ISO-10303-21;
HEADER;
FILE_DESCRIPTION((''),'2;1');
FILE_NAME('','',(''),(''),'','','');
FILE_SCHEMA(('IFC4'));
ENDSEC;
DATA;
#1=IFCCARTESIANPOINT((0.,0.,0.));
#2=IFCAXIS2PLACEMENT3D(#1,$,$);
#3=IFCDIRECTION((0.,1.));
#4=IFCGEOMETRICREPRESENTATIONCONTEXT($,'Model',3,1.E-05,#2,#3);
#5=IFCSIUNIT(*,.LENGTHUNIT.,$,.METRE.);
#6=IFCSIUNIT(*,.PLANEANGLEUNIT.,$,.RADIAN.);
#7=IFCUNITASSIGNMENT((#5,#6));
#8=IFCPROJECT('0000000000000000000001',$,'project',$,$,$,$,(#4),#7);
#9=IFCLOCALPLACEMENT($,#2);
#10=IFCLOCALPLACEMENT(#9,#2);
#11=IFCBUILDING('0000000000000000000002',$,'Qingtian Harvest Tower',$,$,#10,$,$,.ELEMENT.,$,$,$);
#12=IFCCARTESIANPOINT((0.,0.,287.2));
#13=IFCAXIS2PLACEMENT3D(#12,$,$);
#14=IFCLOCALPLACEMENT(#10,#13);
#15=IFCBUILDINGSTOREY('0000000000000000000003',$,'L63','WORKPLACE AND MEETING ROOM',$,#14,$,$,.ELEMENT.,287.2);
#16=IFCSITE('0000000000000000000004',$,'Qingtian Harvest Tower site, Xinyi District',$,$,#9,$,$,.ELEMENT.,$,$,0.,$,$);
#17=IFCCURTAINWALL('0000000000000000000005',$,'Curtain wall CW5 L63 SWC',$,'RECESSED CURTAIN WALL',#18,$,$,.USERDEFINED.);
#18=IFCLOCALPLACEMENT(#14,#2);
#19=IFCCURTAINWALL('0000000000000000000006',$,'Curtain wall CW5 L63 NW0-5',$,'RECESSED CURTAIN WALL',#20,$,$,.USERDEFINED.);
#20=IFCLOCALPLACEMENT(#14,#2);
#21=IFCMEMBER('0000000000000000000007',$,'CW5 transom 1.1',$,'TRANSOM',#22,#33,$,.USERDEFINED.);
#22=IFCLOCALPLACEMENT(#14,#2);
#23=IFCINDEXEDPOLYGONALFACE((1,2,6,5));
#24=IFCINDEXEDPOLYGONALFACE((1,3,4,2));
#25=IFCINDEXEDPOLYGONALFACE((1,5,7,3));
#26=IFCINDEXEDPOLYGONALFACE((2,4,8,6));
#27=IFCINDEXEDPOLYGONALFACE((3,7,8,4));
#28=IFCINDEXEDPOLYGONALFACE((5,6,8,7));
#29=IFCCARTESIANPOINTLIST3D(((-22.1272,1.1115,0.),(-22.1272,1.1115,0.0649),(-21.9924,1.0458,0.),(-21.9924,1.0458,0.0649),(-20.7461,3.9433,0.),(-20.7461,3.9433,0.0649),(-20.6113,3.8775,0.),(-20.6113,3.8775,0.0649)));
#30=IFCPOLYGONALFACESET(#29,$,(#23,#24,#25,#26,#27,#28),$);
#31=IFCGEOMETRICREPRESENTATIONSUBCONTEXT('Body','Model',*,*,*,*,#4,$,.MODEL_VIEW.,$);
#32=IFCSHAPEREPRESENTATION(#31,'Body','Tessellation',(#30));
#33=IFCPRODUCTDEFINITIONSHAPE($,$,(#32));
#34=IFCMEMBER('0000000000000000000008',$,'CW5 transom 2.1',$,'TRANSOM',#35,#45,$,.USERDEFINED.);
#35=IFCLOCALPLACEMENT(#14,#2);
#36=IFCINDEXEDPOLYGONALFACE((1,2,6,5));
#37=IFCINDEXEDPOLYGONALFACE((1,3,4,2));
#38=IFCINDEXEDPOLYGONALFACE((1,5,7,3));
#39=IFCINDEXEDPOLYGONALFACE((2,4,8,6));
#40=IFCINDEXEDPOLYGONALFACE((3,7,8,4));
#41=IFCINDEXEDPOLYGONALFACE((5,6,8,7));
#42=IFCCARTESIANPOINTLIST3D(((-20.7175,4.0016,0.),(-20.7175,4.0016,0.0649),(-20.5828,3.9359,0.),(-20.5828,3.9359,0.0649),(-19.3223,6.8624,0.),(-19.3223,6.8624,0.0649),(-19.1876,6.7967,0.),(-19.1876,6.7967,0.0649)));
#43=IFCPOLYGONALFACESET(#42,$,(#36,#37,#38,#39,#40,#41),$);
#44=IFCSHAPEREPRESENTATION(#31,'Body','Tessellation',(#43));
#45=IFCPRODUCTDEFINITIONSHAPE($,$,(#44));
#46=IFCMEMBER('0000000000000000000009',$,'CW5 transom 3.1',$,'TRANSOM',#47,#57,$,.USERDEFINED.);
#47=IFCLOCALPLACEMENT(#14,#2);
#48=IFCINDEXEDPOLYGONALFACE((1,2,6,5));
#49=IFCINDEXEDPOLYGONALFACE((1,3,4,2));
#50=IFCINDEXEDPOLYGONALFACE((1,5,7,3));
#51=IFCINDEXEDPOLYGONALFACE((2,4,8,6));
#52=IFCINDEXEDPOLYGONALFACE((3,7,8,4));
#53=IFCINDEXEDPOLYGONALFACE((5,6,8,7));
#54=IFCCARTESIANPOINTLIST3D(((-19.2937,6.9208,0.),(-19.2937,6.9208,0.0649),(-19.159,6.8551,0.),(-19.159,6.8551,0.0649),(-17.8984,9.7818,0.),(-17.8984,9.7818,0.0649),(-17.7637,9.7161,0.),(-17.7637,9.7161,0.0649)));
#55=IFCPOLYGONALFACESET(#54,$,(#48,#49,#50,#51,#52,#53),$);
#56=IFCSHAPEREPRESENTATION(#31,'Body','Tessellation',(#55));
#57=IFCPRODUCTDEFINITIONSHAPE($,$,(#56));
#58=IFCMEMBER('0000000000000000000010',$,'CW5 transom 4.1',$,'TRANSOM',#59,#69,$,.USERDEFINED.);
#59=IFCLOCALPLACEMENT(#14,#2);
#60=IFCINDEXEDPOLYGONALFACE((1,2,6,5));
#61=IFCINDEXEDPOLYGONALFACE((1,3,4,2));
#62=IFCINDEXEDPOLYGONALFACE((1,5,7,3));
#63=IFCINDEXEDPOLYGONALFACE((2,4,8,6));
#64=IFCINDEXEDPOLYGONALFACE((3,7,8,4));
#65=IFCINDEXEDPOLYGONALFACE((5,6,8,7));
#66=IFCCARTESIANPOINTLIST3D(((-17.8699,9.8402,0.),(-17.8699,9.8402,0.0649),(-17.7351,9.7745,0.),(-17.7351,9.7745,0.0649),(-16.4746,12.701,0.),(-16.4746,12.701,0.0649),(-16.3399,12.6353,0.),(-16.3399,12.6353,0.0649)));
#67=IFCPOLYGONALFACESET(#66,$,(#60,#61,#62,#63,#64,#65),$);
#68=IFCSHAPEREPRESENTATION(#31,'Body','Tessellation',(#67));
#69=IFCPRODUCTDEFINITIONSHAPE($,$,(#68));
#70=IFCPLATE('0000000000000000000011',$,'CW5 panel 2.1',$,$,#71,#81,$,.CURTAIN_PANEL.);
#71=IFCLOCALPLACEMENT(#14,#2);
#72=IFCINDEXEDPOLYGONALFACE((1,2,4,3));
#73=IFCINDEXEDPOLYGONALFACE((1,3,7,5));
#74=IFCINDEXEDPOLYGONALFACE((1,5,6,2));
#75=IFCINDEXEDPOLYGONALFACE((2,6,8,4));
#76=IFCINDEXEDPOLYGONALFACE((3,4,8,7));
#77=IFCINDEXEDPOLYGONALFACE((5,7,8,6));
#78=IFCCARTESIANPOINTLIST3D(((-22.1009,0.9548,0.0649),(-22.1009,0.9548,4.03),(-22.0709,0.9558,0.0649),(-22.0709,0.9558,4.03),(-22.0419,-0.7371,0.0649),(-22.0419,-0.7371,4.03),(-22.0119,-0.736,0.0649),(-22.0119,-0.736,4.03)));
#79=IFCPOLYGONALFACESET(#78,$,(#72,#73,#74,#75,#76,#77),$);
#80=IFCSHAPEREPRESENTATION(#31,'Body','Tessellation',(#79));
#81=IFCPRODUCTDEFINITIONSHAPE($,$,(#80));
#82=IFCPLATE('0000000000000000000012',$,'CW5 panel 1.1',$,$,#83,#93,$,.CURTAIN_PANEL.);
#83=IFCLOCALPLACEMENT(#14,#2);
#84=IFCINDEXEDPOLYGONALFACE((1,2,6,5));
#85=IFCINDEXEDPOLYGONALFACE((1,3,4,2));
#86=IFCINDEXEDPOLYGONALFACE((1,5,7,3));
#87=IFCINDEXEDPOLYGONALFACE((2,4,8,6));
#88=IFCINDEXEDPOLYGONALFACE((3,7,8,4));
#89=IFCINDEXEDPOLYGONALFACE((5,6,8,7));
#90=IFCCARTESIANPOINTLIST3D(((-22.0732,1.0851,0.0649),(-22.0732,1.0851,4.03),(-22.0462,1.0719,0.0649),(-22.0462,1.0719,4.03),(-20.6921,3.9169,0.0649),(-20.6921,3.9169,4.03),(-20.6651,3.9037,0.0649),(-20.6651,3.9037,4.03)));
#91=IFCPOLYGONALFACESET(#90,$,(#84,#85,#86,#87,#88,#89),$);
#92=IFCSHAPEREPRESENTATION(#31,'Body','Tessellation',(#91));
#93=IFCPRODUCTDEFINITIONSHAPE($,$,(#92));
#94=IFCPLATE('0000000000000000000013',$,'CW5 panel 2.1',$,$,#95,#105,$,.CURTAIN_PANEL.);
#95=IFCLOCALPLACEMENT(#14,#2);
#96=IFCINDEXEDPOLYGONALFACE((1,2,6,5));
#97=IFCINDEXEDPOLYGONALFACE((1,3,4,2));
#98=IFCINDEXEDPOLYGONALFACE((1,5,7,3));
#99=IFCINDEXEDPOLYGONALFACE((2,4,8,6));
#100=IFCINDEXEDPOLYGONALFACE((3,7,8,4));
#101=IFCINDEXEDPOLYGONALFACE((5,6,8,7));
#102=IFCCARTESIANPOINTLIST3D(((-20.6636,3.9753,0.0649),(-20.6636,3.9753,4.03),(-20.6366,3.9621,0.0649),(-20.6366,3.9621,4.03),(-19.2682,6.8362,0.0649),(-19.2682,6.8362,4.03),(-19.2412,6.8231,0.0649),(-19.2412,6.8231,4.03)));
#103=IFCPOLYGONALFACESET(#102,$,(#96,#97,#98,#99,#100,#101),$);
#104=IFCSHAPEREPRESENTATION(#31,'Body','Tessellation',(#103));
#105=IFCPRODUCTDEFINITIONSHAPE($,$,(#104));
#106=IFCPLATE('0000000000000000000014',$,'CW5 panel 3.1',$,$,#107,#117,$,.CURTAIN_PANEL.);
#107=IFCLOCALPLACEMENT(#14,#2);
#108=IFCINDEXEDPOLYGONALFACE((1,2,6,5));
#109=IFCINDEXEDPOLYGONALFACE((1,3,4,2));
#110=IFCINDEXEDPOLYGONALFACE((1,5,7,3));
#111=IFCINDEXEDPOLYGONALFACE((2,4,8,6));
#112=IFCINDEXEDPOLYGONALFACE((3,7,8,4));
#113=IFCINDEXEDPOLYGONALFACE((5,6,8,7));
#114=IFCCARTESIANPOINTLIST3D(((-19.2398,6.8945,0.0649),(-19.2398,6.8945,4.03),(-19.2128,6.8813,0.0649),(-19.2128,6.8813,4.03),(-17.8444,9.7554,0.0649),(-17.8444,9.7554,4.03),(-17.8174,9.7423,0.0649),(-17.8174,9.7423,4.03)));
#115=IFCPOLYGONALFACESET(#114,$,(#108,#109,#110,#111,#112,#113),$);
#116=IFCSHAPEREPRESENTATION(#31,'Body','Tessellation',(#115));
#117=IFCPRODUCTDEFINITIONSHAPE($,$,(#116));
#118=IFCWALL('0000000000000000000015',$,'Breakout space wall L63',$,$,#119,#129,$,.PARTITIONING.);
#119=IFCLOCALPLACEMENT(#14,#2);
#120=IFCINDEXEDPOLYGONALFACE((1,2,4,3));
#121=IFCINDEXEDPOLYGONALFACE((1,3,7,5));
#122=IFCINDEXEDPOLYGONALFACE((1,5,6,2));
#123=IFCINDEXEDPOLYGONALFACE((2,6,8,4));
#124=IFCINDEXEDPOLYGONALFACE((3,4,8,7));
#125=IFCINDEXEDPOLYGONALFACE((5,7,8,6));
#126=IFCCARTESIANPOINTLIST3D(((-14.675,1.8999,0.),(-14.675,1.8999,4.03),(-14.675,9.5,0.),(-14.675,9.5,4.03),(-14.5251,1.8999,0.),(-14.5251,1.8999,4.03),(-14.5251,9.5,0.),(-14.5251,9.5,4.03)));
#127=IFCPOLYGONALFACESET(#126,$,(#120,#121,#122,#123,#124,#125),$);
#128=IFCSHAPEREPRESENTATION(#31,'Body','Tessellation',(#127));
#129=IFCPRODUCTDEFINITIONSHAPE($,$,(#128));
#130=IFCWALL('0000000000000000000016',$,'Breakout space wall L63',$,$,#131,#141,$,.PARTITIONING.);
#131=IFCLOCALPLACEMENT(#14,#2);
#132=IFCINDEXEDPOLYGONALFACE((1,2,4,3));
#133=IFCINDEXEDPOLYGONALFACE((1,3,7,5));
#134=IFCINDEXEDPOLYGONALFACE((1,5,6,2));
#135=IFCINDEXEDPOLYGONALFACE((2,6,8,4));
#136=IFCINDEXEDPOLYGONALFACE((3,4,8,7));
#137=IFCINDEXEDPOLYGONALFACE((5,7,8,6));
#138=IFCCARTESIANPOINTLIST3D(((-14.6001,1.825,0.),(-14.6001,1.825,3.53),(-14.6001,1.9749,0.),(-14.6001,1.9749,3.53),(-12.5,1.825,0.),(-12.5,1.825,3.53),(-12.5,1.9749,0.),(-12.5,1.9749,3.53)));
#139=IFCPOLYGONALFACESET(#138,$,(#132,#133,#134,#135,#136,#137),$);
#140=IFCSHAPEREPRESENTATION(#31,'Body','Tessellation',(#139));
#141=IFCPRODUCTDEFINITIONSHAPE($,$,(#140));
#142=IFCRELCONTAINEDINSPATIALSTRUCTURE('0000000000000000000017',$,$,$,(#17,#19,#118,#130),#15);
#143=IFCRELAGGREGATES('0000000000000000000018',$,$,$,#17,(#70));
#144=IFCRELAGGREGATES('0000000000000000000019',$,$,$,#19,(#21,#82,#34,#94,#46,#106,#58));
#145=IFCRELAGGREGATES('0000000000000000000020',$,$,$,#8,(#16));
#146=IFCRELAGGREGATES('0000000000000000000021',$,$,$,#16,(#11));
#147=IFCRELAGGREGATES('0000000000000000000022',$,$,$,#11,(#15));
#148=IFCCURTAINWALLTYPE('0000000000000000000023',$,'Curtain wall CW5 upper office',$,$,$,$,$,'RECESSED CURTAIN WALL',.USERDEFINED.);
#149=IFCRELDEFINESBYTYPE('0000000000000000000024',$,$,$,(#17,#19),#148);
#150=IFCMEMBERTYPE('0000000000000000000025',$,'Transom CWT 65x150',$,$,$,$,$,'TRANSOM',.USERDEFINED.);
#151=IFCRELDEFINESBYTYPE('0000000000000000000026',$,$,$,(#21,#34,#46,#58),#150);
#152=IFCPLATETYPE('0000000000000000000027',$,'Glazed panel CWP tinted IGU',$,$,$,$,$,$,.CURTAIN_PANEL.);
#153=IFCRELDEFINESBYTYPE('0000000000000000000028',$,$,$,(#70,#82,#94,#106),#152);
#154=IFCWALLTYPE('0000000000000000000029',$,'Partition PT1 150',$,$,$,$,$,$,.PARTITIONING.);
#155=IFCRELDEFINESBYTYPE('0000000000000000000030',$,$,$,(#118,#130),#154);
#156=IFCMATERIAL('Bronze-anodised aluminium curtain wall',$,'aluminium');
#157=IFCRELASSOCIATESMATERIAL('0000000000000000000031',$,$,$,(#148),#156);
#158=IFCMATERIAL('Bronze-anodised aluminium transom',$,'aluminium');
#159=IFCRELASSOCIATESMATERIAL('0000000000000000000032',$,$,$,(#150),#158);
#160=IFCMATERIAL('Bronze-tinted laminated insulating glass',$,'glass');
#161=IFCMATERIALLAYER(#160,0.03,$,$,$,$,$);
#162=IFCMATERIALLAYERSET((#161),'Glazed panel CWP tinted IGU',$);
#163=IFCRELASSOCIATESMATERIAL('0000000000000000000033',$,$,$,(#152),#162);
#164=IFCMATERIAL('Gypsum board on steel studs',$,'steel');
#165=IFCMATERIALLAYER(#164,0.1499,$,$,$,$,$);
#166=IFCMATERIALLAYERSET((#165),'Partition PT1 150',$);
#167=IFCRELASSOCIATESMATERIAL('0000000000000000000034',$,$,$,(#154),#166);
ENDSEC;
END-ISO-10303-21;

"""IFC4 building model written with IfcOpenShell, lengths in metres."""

from ifc_helpers import new_model, si_unit, direction, frame, frame_2d, origin, origin_2d, place, context, subcontext, project, spatial, rectangle, extrude, material, layer, layer_set, material_profile, profile_set, type_object, element, aggregate, save


model = new_model("IFC4")

# Units and contexts
model_context = context("Model", 3, precision=1e-05, world=origin(), true_north=direction((0.0, 1.0)))
body_context = subcontext(model_context, "Body", "Model", "MODEL_VIEW")
ifc_project = project(units=[si_unit("LENGTHUNIT", "METRE"), si_unit("PLANEANGLEUNIT", "RADIAN")], contexts=[model_context])

# Site, building, storey
site_placement = place(None, origin())
site = spatial("IfcSite", under=ifc_project, at=site_placement, Name="Qingtian Harvest Tower site, Xinyi District", CompositionType="ELEMENT", RefElevation=0.0)
building_placement = place(site_placement, origin())
building = spatial("IfcBuilding", under=site, at=building_placement, Name="Qingtian Harvest Tower", CompositionType="ELEMENT")
storey_placement = place(building_placement, frame((0.0, 0.0, 287.2)))
storey = spatial("IfcBuildingStorey", under=building, at=storey_placement, Name="L63", Description="WORKPLACE AND MEETING ROOM", CompositionType="ELEMENT", Elevation=287.2)

# Curtain wall
ifc_material_1 = material(Name="Bronze-anodised aluminium curtain wall", Category="aluminium")
curtain_wall_type = type_object("IfcCurtainWallType", Name="Curtain wall CW5 upper office", ElementType="RECESSED CURTAIN WALL", PredefinedType="USERDEFINED", material=ifc_material_1)
curtain_wall_1_placement = place(storey_placement, origin())
curtain_wall_1 = element("IfcCurtainWall", 1, at=curtain_wall_1_placement, inside=storey, type_object=curtain_wall_type, Name="Curtain wall CW5 L63 SWC", ObjectType="RECESSED CURTAIN WALL", PredefinedType="USERDEFINED")

# Curtain wall
curtain_wall_2_placement = place(storey_placement, origin())
curtain_wall_2 = element("IfcCurtainWall", 2, at=curtain_wall_2_placement, inside=storey, type_object=curtain_wall_type, Name="Curtain wall CW5 L63 NW0-5", ObjectType="RECESSED CURTAIN WALL", PredefinedType="USERDEFINED")

# Members
ifc_material_2 = material(Name="Bronze-anodised aluminium transom", Category="aluminium")
ifc_material_profile_1 = material_profile(ifc_material_2, rectangle(XDim=0.1499, YDim=0.0649, at=origin_2d()), Name="AL 65x150")
ifc_profile_set_1 = profile_set([ifc_material_profile_1], Name="Bronze-anodised aluminium transom")
member_type_1 = type_object("IfcMemberType", Name="Transom CWT 65x150", ElementType="TRANSOM", PredefinedType="USERDEFINED", material=ifc_profile_set_1)
member_1_placement = place(storey_placement, frame((-22.0598, 1.0786, 0.0325), z_axis=(0.438358, 0.8988, 0.0), x_axis=(-0.8988, 0.438358, 0.0)))
member_1 = element("IfcMember", 3, at=member_1_placement, type_object=member_type_1, Name="CW5 transom 1.1", ObjectType="TRANSOM", PredefinedType="USERDEFINED", context=body_context, shape_type="SweptSolid", body=[
    extrude(rectangle(XDim=0.1499, YDim=0.0649, at=origin_2d()), origin(), (0.0, 0.0, 1.0), 3.1506),
])
member_2_placement = place(storey_placement, frame((-20.6501, 3.9688, 0.0325), z_axis=(0.438356, 0.898802, 0.0), x_axis=(-0.898802, 0.438356, 0.0)))
member_2 = element("IfcMember", 4, at=member_2_placement, type_object=member_type_1, Name="CW5 transom 2.1", ObjectType="TRANSOM", PredefinedType="USERDEFINED", context=body_context, shape_type="SweptSolid", body=[
    extrude(rectangle(XDim=0.1499, YDim=0.0649, at=origin_2d()), origin(), (0.0, 0.0, 1.0), 3.1829),
])
member_3_placement = place(storey_placement, frame((-19.2263, 6.8879, 0.0325), z_axis=(0.438325, 0.898816, 0.0), x_axis=(-0.898816, 0.438325, 0.0)))
member_3 = element("IfcMember", 5, at=member_3_placement, type_object=member_type_1, Name="CW5 transom 3.1", ObjectType="TRANSOM", PredefinedType="USERDEFINED", context=body_context, shape_type="SweptSolid", body=[
    extrude(rectangle(XDim=0.1499, YDim=0.0649, at=origin_2d()), origin(), (0.0, 0.0, 1.0), 3.1831),
])
member_4_placement = place(storey_placement, frame((-17.8025, 9.8074, 0.0325), z_axis=(0.438356, 0.898802, 0.0), x_axis=(-0.898802, 0.438356, 0.0)))
member_4 = element("IfcMember", 6, at=member_4_placement, type_object=member_type_1, Name="CW5 transom 4.1", ObjectType="TRANSOM", PredefinedType="USERDEFINED", context=body_context, shape_type="SweptSolid", body=[
    extrude(rectangle(XDim=0.1499, YDim=0.0649, at=origin_2d()), origin(), (0.0, 0.0, 1.0), 3.1829),
])

# Plates
ifc_material_3 = material(Name="Bronze-tinted laminated insulating glass", Category="glass")
ifc_layer_1 = layer(ifc_material_3, 0.03)
ifc_layer_set_1 = layer_set([ifc_layer_1], Name="Glazed panel CWP tinted IGU")
plate_type = type_object("IfcPlateType", Name="Glazed panel CWP tinted IGU", PredefinedType="CURTAIN_PANEL", material=ifc_layer_set_1)
plate_1_placement = place(storey_placement, frame((-22.0564, 0.1094, 0.0649), z_axis=(0.0, 0.0, 1.0), x_axis=(-0.034899, 0.999391, 0.0)))
plate_1 = element("IfcPlate", 7, at=plate_1_placement, type_object=plate_type, Name="CW5 panel 2.1", PredefinedType="CURTAIN_PANEL", context=body_context, shape_type="SweptSolid", body=[
    extrude(rectangle(XDim=1.6929, YDim=0.03, at=origin_2d()), origin(), (0.0, 0.0, 1.0), 3.9651),
])
aggregate(curtain_wall_1, [plate_1])
plate_2_placement = place(storey_placement, frame((-21.3691, 2.4944, 0.0649), z_axis=(0.0, 0.0, 1.0), x_axis=(0.438371, 0.898794, 0.0)))
plate_2 = element("IfcPlate", 8, at=plate_2_placement, type_object=plate_type, Name="CW5 panel 1.1", PredefinedType="CURTAIN_PANEL", context=body_context, shape_type="SweptSolid", body=[
    extrude(rectangle(XDim=3.1506, YDim=0.03, at=origin_2d()), origin(), (0.0, 0.0, 1.0), 3.9651),
])
plate_3_placement = place(storey_placement, frame((-19.9524, 5.3992, 0.0649), z_axis=(0.0, 0.0, 1.0), x_axis=(0.438371, 0.898794, 0.0)))
plate_3 = element("IfcPlate", 9, at=plate_3_placement, type_object=plate_type, Name="CW5 panel 2.1", PredefinedType="CURTAIN_PANEL", context=body_context, shape_type="SweptSolid", body=[
    extrude(rectangle(XDim=3.1831, YDim=0.03, at=origin_2d()), origin(), (0.0, 0.0, 1.0), 3.9651),
])
plate_4_placement = place(storey_placement, frame((-18.5286, 8.3184, 0.0649), z_axis=(0.0, 0.0, 1.0), x_axis=(0.438371, 0.898794, 0.0)))
plate_4 = element("IfcPlate", 10, at=plate_4_placement, type_object=plate_type, Name="CW5 panel 3.1", PredefinedType="CURTAIN_PANEL", context=body_context, shape_type="SweptSolid", body=[
    extrude(rectangle(XDim=3.1831, YDim=0.03, at=origin_2d()), origin(), (0.0, 0.0, 1.0), 3.9651),
])
aggregate(curtain_wall_2, [member_1, plate_2, member_2, plate_3, member_3, plate_4, member_4])

# Walls
ifc_material_4 = material(Name="Gypsum board on steel studs", Category="steel")
ifc_layer_2 = layer(ifc_material_4, 0.1499)
ifc_layer_set_2 = layer_set([ifc_layer_2], Name="Partition PT1 150")
wall_type = type_object("IfcWallType", Name="Partition PT1 150", PredefinedType="PARTITIONING", material=ifc_layer_set_2)
wall_1_placement = place(storey_placement, frame((-14.6001, 1.8999, 0.0), z_axis=(0.0, 0.0, 1.0), x_axis=(0.0, 1.0, 0.0)))
element("IfcWall", 11, at=wall_1_placement, inside=storey, type_object=wall_type, Name="Breakout space wall L63", PredefinedType="PARTITIONING", context=body_context, shape_type="SweptSolid", body=[
    extrude(rectangle(XDim=7.6001, YDim=0.1499, at=frame_2d((3.8, 0.0))), origin(), (0.0, 0.0, 1.0), 4.03),
])
wall_2_placement = place(storey_placement, frame((-12.5, 1.8999, 0.0), z_axis=(0.0, 0.0, 1.0), x_axis=(-1.0, 0.0, 0.0)))
element("IfcWall", 12, at=wall_2_placement, inside=storey, type_object=wall_type, Name="Breakout space wall L63", PredefinedType="PARTITIONING", context=body_context, shape_type="SweptSolid", body=[
    extrude(rectangle(XDim=2.1001, YDim=0.1499, at=frame_2d((1.05, 0.0))), origin(), (0.0, 0.0, 1.0), 3.53),
])

save(model, "model.ifc")
